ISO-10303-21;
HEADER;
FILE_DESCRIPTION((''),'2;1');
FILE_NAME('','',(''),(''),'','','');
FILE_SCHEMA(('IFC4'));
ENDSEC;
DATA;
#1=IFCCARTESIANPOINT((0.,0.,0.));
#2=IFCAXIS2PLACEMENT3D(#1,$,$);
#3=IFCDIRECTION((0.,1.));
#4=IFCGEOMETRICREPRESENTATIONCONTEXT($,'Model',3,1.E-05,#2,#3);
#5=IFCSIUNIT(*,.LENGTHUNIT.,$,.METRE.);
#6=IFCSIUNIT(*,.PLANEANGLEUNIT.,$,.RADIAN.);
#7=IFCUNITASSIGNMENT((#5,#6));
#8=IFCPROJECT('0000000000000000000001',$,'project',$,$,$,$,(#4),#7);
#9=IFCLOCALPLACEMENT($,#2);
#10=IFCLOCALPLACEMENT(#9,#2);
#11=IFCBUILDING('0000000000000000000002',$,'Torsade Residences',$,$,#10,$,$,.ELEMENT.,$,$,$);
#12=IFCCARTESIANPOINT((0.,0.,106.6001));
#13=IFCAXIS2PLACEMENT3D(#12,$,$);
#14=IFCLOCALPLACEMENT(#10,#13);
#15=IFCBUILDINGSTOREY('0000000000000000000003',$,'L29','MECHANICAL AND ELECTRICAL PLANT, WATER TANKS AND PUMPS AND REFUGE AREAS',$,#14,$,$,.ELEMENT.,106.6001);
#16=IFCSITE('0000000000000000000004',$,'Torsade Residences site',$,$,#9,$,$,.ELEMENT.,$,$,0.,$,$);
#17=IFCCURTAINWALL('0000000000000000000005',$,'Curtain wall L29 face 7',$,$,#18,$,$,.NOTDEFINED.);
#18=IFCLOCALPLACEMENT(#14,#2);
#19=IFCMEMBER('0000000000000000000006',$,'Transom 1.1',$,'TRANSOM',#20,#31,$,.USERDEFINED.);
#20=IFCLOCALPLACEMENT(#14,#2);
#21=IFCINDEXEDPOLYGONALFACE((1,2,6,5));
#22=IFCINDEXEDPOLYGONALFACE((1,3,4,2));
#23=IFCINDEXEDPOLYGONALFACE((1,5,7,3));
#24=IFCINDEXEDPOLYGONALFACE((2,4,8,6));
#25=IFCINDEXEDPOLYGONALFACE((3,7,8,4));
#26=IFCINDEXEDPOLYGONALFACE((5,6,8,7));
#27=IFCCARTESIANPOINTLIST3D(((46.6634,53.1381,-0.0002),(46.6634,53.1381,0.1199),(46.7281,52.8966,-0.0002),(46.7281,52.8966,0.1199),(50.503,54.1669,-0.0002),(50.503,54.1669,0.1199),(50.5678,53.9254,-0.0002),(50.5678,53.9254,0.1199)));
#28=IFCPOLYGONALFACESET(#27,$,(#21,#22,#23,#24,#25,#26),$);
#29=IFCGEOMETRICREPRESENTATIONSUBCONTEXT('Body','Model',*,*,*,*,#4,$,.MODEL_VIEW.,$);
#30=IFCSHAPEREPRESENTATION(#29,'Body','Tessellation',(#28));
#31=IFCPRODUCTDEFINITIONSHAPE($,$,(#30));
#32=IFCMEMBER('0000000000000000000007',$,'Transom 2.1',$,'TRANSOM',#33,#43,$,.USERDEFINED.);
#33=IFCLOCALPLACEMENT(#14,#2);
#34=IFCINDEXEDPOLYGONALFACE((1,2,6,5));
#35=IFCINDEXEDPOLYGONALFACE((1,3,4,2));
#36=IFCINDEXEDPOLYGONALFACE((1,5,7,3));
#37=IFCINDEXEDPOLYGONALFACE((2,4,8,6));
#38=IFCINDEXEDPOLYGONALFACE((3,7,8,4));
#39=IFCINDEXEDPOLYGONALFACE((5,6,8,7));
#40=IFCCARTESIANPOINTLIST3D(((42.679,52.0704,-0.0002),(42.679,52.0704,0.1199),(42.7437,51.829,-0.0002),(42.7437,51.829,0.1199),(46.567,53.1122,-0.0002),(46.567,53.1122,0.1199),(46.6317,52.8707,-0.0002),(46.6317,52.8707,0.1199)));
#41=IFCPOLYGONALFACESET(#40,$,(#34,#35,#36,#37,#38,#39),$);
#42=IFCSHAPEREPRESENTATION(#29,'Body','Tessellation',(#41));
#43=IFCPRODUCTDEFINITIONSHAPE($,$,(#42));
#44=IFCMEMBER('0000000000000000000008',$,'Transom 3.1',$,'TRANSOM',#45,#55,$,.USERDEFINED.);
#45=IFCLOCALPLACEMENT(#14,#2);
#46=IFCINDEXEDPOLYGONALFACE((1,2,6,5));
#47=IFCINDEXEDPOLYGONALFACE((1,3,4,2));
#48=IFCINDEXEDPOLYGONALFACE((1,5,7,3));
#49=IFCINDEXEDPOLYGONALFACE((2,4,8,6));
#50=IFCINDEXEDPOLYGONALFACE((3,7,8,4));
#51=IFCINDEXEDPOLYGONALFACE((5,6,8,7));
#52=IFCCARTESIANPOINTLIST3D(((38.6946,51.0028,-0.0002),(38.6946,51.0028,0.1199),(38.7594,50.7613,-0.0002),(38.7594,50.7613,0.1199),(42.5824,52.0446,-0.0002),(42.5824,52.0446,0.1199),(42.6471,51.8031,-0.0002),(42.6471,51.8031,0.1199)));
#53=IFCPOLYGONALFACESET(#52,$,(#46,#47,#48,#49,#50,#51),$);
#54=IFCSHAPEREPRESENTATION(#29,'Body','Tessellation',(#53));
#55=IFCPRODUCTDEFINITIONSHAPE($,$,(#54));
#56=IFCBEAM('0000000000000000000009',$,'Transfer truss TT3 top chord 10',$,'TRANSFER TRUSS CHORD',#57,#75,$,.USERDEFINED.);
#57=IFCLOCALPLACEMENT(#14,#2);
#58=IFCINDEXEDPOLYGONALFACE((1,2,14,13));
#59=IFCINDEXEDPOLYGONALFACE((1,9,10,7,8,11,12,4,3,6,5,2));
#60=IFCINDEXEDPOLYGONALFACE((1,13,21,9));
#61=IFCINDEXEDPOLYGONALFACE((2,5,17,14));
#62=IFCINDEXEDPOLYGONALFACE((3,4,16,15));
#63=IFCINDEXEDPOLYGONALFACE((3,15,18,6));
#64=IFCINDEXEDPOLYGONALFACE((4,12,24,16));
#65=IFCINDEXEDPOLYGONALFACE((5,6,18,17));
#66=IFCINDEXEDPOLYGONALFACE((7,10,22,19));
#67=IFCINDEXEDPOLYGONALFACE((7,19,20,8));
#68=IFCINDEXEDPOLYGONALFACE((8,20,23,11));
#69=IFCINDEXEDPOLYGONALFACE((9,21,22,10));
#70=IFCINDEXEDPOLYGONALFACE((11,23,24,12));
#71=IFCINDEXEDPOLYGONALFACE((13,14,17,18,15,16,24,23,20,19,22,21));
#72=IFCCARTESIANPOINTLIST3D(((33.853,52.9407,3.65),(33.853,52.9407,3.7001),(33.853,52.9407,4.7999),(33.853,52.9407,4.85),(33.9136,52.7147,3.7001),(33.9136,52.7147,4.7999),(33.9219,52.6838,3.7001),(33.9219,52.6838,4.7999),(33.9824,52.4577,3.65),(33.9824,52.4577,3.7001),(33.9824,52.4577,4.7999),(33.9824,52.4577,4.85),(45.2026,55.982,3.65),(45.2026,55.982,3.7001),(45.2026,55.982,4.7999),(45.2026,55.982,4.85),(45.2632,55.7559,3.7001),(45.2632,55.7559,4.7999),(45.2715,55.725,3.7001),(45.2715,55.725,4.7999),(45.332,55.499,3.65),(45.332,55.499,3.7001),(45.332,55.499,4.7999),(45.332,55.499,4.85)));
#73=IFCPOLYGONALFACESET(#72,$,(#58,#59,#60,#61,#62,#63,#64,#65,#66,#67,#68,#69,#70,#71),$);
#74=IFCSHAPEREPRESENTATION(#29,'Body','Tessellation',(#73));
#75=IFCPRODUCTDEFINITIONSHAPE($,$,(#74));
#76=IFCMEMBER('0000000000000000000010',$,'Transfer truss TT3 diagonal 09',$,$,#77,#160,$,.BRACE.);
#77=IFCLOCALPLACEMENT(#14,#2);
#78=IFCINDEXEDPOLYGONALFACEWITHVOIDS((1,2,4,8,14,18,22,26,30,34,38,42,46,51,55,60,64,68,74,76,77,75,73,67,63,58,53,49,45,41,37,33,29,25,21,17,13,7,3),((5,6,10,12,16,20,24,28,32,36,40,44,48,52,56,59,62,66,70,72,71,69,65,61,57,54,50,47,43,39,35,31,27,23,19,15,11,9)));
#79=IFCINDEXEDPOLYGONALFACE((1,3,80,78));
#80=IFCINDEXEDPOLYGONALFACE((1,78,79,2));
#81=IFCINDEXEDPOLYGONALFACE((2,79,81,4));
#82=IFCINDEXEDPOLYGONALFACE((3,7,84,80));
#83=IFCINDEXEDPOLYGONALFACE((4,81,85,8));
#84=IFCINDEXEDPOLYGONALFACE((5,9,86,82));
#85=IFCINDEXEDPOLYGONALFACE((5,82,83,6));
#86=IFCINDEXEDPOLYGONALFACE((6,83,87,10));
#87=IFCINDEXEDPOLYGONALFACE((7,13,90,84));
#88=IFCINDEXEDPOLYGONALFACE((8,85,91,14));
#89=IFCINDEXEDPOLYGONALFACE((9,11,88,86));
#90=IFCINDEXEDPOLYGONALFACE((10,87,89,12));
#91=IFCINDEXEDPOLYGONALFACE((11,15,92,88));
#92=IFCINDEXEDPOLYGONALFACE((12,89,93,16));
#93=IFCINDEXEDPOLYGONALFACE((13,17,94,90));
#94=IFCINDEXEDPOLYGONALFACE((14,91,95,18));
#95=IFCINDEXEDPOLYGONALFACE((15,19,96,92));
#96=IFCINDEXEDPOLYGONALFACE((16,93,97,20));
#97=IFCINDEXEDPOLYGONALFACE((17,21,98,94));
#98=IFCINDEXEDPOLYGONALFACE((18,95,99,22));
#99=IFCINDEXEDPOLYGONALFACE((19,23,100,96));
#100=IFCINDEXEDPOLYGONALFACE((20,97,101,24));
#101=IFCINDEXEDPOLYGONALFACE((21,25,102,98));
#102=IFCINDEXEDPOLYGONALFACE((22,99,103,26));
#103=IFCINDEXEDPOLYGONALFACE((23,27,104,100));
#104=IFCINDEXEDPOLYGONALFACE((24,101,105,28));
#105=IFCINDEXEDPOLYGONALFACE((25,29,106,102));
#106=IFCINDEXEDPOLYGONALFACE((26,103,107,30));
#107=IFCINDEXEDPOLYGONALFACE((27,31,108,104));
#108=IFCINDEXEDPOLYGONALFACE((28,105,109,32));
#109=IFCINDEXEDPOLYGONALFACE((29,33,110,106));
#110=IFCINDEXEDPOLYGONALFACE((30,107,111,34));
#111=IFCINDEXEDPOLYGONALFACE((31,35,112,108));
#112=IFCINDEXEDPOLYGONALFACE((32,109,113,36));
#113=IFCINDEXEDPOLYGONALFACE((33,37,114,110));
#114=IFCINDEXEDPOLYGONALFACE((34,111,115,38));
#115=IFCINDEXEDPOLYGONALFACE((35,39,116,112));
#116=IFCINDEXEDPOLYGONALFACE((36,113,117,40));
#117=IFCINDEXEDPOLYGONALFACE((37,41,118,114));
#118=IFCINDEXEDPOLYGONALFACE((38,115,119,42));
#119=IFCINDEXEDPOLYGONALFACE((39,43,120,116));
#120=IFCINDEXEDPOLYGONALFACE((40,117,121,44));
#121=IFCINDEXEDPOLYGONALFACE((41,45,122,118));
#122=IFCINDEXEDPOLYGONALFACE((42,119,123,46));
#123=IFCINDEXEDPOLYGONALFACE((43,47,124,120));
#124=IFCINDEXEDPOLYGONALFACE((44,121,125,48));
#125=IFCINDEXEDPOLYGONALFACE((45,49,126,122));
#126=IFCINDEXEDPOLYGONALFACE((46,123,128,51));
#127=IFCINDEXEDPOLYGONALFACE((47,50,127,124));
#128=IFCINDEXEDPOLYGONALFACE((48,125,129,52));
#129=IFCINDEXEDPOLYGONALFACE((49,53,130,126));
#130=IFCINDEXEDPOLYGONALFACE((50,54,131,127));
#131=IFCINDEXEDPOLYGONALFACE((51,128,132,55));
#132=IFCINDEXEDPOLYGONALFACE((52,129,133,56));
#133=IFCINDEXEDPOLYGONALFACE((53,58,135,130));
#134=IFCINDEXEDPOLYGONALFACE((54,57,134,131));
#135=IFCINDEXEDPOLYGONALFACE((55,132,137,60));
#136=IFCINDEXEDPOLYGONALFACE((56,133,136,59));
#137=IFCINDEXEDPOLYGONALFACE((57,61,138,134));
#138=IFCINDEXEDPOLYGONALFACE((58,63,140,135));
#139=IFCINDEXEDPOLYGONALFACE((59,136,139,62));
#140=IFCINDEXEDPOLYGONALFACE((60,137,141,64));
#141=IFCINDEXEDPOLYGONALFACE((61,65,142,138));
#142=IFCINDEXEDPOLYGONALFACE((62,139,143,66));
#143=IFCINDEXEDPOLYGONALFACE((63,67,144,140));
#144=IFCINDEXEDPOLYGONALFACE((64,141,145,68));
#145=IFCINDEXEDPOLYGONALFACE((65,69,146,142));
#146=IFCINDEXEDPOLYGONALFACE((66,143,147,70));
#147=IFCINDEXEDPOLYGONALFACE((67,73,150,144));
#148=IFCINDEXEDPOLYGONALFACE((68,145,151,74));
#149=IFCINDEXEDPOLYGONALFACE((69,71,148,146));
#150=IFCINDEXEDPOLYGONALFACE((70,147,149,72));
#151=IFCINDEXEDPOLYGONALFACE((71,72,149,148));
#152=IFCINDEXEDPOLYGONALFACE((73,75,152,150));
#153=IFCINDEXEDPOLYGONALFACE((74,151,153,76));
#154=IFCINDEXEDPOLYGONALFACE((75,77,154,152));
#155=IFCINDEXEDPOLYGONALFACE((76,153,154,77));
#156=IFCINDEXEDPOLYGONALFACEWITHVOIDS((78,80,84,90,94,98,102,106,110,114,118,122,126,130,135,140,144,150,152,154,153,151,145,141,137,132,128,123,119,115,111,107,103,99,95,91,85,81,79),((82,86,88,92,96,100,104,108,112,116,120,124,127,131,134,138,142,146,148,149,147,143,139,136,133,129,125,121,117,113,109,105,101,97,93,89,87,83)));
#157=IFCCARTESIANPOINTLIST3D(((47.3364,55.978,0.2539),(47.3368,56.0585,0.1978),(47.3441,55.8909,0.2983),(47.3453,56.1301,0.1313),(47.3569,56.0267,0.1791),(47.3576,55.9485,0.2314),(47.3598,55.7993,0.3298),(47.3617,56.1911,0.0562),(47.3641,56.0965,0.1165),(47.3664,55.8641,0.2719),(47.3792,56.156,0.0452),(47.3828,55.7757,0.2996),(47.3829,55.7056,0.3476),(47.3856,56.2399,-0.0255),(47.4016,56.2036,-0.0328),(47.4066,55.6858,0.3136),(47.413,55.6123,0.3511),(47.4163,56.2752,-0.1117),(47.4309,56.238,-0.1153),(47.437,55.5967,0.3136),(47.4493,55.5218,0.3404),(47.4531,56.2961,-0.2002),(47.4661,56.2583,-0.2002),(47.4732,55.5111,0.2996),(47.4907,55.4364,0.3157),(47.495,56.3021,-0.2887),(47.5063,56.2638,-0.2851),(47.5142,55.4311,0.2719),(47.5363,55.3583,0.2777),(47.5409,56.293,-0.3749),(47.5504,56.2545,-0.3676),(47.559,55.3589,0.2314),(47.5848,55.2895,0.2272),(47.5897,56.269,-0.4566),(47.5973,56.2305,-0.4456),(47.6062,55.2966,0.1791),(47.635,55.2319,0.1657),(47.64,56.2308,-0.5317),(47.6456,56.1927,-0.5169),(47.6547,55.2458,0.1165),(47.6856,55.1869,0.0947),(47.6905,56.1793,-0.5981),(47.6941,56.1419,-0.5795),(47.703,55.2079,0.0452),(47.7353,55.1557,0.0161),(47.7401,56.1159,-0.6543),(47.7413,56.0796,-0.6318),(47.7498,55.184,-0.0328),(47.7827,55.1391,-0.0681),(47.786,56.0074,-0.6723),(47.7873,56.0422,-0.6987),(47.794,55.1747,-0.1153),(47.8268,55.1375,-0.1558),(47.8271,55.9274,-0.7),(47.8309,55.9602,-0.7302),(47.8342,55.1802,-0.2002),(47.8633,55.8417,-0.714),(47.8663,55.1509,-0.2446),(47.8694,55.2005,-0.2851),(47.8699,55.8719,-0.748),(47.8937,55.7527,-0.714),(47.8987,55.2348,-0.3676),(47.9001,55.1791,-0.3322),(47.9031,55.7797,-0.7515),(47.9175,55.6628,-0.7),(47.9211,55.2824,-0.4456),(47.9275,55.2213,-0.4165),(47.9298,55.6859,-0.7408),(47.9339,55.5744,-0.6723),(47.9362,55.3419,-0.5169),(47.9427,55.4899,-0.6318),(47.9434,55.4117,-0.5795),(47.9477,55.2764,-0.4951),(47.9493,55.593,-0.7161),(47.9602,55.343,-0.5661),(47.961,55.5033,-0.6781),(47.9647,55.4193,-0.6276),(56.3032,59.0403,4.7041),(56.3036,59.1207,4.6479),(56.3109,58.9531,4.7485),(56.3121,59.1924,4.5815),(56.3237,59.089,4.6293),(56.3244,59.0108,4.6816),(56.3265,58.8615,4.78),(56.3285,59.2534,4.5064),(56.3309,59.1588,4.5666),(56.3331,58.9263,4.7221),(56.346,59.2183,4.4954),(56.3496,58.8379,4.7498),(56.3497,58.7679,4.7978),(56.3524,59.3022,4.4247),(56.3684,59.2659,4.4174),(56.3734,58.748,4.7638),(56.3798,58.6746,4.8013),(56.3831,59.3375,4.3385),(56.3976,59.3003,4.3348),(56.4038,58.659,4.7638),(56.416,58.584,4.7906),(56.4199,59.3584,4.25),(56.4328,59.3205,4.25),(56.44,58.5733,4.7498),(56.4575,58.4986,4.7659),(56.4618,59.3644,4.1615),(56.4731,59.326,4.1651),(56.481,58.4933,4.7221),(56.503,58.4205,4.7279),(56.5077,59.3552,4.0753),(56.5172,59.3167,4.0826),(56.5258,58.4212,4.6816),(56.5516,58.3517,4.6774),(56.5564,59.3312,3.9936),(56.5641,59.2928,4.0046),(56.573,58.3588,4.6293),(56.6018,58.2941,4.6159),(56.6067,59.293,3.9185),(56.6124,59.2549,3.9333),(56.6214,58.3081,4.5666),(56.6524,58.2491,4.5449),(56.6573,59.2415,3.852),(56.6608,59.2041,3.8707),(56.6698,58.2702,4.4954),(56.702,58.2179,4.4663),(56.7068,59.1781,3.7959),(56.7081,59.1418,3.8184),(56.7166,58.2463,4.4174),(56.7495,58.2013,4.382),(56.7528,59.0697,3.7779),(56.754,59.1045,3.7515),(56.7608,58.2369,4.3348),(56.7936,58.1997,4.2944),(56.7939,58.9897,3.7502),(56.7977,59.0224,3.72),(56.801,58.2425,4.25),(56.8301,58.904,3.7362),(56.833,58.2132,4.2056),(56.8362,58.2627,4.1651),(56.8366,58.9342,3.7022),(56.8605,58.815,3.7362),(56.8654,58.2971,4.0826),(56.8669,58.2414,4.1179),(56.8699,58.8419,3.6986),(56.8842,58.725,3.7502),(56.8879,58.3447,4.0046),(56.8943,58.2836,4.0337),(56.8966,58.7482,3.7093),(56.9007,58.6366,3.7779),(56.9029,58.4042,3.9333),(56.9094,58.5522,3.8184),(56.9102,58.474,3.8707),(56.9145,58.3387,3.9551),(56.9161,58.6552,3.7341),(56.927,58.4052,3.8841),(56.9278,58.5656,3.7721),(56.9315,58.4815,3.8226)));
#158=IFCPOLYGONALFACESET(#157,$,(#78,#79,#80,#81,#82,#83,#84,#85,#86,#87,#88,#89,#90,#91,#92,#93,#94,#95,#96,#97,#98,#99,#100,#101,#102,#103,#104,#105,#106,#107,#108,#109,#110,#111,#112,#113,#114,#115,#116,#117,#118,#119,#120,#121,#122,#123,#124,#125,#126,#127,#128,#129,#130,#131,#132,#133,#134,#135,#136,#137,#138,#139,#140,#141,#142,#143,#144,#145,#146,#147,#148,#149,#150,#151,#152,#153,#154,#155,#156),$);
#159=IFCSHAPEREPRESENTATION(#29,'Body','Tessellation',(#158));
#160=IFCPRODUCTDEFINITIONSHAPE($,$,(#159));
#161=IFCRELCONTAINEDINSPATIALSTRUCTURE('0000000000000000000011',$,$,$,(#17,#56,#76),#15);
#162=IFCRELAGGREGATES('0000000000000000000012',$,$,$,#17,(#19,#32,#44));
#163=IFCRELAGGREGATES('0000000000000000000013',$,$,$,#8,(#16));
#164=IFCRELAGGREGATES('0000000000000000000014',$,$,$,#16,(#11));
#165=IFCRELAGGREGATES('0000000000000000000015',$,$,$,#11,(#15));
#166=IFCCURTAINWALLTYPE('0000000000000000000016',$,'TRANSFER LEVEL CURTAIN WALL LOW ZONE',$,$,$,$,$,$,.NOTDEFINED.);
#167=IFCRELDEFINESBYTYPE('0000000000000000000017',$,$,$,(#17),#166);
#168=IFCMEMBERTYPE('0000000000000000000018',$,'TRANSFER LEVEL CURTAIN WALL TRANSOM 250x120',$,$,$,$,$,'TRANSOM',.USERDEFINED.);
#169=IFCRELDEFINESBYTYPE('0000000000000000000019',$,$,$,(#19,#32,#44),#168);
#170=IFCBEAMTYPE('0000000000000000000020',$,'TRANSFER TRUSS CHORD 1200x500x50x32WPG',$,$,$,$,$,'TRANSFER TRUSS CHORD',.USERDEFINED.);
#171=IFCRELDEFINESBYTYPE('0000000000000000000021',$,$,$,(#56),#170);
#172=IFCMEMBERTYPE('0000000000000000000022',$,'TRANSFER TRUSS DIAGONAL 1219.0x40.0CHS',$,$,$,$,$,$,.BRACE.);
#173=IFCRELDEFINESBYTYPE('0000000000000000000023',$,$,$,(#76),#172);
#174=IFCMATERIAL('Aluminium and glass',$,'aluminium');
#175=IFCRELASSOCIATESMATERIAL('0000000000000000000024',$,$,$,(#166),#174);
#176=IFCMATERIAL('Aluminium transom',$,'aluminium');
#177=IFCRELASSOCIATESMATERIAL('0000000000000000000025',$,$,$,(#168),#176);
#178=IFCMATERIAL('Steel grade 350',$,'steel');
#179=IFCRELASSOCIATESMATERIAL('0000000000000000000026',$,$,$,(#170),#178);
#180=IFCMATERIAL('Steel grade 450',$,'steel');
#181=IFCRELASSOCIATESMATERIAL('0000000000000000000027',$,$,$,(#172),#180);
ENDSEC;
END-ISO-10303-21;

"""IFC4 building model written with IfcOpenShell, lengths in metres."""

from ifc_helpers import new_model, si_unit, direction, frame, origin, origin_2d, place, context, subcontext, project, spatial, rectangle, hollow_circle, i_section, extrude, material, material_profile, profile_set, type_object, element, aggregate, save


model = new_model("IFC4")

# Units and contexts
model_context = context("Model", 3, precision=1e-05, world=origin(), true_north=direction((0.0, 1.0)))
body_context = subcontext(model_context, "Body", "Model", "MODEL_VIEW")
ifc_project = project(units=[si_unit("LENGTHUNIT", "METRE"), si_unit("PLANEANGLEUNIT", "RADIAN")], contexts=[model_context])

# Site, building, storey
site_placement = place(None, origin())
site = spatial("IfcSite", under=ifc_project, at=site_placement, Name="Torsade Residences site", CompositionType="ELEMENT", RefElevation=0.0)
building_placement = place(site_placement, origin())
building = spatial("IfcBuilding", under=site, at=building_placement, Name="Torsade Residences", CompositionType="ELEMENT")
storey_placement = place(building_placement, frame((0.0, 0.0, 106.6001)))
storey = spatial("IfcBuildingStorey", under=building, at=storey_placement, Name="L29", Description="MECHANICAL AND ELECTRICAL PLANT, WATER TANKS AND PUMPS AND REFUGE AREAS", CompositionType="ELEMENT", Elevation=106.6001)

# Curtain wall, members
ifc_material_1 = material(Name="Aluminium and glass", Category="aluminium")
curtain_wall_type = type_object("IfcCurtainWallType", Name="TRANSFER LEVEL CURTAIN WALL LOW ZONE", PredefinedType="NOTDEFINED", material=ifc_material_1)
curtain_wall_placement = place(storey_placement, origin())
curtain_wall = element("IfcCurtainWall", 1, at=curtain_wall_placement, inside=storey, type_object=curtain_wall_type, Name="Curtain wall L29 face 7", PredefinedType="NOTDEFINED")
ifc_material_2 = material(Name="Aluminium transom", Category="aluminium")
ifc_material_profile_1 = material_profile(ifc_material_2, rectangle(XDim=0.25, YDim=0.1201, at=origin_2d()), Name="TRANSFER LEVEL CURTAIN WALL TRANSOM 250x120")
ifc_profile_set_1 = profile_set([ifc_material_profile_1], Name="Aluminium transom")
member_type_1 = type_object("IfcMemberType", Name="TRANSFER LEVEL CURTAIN WALL TRANSOM 250x120", ElementType="TRANSOM", PredefinedType="USERDEFINED", material=ifc_profile_set_1)
member_1_placement = place(storey_placement, frame((50.5354, 54.0461, 0.0598), z_axis=(-0.965926, -0.258817, 0.0), x_axis=(0.258817, -0.965926, 0.0)))
member_1 = element("IfcMember", 2, at=member_1_placement, type_object=member_type_1, Name="Transom 1.1", ObjectType="TRANSOM", PredefinedType="USERDEFINED", context=body_context, shape_type="SweptSolid", body=[
    extrude(rectangle(XDim=0.25, YDim=0.1201, at=origin_2d()), origin(), (0.0, 0.0, 1.0), 3.9751),
])
member_2_placement = place(storey_placement, frame((46.5994, 52.9915, 0.0598), z_axis=(-0.965927, -0.258814, 0.0), x_axis=(0.258814, -0.965927, 0.0)))
member_2 = element("IfcMember", 3, at=member_2_placement, type_object=member_type_1, Name="Transom 2.1", ObjectType="TRANSOM", PredefinedType="USERDEFINED", context=body_context, shape_type="SweptSolid", body=[
    extrude(rectangle(XDim=0.25, YDim=0.1201, at=origin_2d()), origin(), (0.0, 0.0, 1.0), 4.0251),
])
member_3_placement = place(storey_placement, frame((42.6147, 51.9238, 0.0598), z_axis=(-0.965923, -0.258829, 0.0), x_axis=(0.258829, -0.965923, 0.0)))
member_3 = element("IfcMember", 4, at=member_3_placement, type_object=member_type_1, Name="Transom 3.1", ObjectType="TRANSOM", PredefinedType="USERDEFINED", context=body_context, shape_type="SweptSolid", body=[
    extrude(rectangle(XDim=0.25, YDim=0.1201, at=origin_2d()), origin(), (0.0, 0.0, 1.0), 4.0249),
])

# Beam
ifc_material_3 = material(Name="Steel grade 350", Category="steel")
ifc_material_profile_2 = material_profile(ifc_material_3, i_section(OverallWidth=0.5, OverallDepth=1.2, WebThickness=0.032, FlangeThickness=0.05, at=origin_2d()), Name="1200x500x50x32WPG")
ifc_profile_set_2 = profile_set([ifc_material_profile_2], Name="Steel grade 350")
beam_type_1 = type_object("IfcBeamType", Name="TRANSFER TRUSS CHORD 1200x500x50x32WPG", ElementType="TRANSFER TRUSS CHORD", PredefinedType="USERDEFINED", material=ifc_profile_set_2)
beam_1_placement = place(storey_placement, frame((45.2673, 55.7405, 4.25), z_axis=(-0.965923, -0.25883, 0.0), x_axis=(0.25883, -0.965923, 0.0)))
element("IfcBeam", 5, at=beam_1_placement, inside=storey, type_object=beam_type_1, Name="Transfer truss TT3 top chord 10", ObjectType="TRANSFER TRUSS CHORD", PredefinedType="USERDEFINED", context=body_context, shape_type="SweptSolid", body=[
    extrude(i_section(OverallWidth=0.5, OverallDepth=1.2, WebThickness=0.032, FlangeThickness=0.05, at=origin_2d()), origin(), (0.0, 0.0, 1.0), 11.75),
])

# Member
ifc_material_4 = material(Name="Steel grade 450", Category="steel")
ifc_material_profile_3 = material_profile(ifc_material_4, hollow_circle(Radius=0.6096, WallThickness=0.04, at=origin_2d()), Name="1219.0x40.0CHS")
ifc_profile_set_3 = profile_set([ifc_material_profile_3], Name="Steel grade 450")
member_type_2 = type_object("IfcMemberType", Name="TRANSFER TRUSS DIAGONAL 1219.0x40.0CHS", PredefinedType="BRACE", material=ifc_profile_set_3)
member_4_placement = place(storey_placement, frame((47.6501, 55.7192, -0.2002), z_axis=(0.856567, 0.292527, 0.425112), x_axis=(-0.323184, 0.946336, 0.0)))
element("IfcMember", 6, at=member_4_placement, inside=storey, type_object=member_type_2, Name="Transfer truss TT3 diagonal 09", PredefinedType="BRACE", context=body_context, shape_type="SweptSolid", body=[
    extrude(hollow_circle(Radius=0.6096, WallThickness=0.04, at=origin_2d()), origin(), (0.0, 0.0, 1.0), 10.4683),
])

aggregate(curtain_wall, [member_1, member_2, member_3])

save(model, "model.ifc")
